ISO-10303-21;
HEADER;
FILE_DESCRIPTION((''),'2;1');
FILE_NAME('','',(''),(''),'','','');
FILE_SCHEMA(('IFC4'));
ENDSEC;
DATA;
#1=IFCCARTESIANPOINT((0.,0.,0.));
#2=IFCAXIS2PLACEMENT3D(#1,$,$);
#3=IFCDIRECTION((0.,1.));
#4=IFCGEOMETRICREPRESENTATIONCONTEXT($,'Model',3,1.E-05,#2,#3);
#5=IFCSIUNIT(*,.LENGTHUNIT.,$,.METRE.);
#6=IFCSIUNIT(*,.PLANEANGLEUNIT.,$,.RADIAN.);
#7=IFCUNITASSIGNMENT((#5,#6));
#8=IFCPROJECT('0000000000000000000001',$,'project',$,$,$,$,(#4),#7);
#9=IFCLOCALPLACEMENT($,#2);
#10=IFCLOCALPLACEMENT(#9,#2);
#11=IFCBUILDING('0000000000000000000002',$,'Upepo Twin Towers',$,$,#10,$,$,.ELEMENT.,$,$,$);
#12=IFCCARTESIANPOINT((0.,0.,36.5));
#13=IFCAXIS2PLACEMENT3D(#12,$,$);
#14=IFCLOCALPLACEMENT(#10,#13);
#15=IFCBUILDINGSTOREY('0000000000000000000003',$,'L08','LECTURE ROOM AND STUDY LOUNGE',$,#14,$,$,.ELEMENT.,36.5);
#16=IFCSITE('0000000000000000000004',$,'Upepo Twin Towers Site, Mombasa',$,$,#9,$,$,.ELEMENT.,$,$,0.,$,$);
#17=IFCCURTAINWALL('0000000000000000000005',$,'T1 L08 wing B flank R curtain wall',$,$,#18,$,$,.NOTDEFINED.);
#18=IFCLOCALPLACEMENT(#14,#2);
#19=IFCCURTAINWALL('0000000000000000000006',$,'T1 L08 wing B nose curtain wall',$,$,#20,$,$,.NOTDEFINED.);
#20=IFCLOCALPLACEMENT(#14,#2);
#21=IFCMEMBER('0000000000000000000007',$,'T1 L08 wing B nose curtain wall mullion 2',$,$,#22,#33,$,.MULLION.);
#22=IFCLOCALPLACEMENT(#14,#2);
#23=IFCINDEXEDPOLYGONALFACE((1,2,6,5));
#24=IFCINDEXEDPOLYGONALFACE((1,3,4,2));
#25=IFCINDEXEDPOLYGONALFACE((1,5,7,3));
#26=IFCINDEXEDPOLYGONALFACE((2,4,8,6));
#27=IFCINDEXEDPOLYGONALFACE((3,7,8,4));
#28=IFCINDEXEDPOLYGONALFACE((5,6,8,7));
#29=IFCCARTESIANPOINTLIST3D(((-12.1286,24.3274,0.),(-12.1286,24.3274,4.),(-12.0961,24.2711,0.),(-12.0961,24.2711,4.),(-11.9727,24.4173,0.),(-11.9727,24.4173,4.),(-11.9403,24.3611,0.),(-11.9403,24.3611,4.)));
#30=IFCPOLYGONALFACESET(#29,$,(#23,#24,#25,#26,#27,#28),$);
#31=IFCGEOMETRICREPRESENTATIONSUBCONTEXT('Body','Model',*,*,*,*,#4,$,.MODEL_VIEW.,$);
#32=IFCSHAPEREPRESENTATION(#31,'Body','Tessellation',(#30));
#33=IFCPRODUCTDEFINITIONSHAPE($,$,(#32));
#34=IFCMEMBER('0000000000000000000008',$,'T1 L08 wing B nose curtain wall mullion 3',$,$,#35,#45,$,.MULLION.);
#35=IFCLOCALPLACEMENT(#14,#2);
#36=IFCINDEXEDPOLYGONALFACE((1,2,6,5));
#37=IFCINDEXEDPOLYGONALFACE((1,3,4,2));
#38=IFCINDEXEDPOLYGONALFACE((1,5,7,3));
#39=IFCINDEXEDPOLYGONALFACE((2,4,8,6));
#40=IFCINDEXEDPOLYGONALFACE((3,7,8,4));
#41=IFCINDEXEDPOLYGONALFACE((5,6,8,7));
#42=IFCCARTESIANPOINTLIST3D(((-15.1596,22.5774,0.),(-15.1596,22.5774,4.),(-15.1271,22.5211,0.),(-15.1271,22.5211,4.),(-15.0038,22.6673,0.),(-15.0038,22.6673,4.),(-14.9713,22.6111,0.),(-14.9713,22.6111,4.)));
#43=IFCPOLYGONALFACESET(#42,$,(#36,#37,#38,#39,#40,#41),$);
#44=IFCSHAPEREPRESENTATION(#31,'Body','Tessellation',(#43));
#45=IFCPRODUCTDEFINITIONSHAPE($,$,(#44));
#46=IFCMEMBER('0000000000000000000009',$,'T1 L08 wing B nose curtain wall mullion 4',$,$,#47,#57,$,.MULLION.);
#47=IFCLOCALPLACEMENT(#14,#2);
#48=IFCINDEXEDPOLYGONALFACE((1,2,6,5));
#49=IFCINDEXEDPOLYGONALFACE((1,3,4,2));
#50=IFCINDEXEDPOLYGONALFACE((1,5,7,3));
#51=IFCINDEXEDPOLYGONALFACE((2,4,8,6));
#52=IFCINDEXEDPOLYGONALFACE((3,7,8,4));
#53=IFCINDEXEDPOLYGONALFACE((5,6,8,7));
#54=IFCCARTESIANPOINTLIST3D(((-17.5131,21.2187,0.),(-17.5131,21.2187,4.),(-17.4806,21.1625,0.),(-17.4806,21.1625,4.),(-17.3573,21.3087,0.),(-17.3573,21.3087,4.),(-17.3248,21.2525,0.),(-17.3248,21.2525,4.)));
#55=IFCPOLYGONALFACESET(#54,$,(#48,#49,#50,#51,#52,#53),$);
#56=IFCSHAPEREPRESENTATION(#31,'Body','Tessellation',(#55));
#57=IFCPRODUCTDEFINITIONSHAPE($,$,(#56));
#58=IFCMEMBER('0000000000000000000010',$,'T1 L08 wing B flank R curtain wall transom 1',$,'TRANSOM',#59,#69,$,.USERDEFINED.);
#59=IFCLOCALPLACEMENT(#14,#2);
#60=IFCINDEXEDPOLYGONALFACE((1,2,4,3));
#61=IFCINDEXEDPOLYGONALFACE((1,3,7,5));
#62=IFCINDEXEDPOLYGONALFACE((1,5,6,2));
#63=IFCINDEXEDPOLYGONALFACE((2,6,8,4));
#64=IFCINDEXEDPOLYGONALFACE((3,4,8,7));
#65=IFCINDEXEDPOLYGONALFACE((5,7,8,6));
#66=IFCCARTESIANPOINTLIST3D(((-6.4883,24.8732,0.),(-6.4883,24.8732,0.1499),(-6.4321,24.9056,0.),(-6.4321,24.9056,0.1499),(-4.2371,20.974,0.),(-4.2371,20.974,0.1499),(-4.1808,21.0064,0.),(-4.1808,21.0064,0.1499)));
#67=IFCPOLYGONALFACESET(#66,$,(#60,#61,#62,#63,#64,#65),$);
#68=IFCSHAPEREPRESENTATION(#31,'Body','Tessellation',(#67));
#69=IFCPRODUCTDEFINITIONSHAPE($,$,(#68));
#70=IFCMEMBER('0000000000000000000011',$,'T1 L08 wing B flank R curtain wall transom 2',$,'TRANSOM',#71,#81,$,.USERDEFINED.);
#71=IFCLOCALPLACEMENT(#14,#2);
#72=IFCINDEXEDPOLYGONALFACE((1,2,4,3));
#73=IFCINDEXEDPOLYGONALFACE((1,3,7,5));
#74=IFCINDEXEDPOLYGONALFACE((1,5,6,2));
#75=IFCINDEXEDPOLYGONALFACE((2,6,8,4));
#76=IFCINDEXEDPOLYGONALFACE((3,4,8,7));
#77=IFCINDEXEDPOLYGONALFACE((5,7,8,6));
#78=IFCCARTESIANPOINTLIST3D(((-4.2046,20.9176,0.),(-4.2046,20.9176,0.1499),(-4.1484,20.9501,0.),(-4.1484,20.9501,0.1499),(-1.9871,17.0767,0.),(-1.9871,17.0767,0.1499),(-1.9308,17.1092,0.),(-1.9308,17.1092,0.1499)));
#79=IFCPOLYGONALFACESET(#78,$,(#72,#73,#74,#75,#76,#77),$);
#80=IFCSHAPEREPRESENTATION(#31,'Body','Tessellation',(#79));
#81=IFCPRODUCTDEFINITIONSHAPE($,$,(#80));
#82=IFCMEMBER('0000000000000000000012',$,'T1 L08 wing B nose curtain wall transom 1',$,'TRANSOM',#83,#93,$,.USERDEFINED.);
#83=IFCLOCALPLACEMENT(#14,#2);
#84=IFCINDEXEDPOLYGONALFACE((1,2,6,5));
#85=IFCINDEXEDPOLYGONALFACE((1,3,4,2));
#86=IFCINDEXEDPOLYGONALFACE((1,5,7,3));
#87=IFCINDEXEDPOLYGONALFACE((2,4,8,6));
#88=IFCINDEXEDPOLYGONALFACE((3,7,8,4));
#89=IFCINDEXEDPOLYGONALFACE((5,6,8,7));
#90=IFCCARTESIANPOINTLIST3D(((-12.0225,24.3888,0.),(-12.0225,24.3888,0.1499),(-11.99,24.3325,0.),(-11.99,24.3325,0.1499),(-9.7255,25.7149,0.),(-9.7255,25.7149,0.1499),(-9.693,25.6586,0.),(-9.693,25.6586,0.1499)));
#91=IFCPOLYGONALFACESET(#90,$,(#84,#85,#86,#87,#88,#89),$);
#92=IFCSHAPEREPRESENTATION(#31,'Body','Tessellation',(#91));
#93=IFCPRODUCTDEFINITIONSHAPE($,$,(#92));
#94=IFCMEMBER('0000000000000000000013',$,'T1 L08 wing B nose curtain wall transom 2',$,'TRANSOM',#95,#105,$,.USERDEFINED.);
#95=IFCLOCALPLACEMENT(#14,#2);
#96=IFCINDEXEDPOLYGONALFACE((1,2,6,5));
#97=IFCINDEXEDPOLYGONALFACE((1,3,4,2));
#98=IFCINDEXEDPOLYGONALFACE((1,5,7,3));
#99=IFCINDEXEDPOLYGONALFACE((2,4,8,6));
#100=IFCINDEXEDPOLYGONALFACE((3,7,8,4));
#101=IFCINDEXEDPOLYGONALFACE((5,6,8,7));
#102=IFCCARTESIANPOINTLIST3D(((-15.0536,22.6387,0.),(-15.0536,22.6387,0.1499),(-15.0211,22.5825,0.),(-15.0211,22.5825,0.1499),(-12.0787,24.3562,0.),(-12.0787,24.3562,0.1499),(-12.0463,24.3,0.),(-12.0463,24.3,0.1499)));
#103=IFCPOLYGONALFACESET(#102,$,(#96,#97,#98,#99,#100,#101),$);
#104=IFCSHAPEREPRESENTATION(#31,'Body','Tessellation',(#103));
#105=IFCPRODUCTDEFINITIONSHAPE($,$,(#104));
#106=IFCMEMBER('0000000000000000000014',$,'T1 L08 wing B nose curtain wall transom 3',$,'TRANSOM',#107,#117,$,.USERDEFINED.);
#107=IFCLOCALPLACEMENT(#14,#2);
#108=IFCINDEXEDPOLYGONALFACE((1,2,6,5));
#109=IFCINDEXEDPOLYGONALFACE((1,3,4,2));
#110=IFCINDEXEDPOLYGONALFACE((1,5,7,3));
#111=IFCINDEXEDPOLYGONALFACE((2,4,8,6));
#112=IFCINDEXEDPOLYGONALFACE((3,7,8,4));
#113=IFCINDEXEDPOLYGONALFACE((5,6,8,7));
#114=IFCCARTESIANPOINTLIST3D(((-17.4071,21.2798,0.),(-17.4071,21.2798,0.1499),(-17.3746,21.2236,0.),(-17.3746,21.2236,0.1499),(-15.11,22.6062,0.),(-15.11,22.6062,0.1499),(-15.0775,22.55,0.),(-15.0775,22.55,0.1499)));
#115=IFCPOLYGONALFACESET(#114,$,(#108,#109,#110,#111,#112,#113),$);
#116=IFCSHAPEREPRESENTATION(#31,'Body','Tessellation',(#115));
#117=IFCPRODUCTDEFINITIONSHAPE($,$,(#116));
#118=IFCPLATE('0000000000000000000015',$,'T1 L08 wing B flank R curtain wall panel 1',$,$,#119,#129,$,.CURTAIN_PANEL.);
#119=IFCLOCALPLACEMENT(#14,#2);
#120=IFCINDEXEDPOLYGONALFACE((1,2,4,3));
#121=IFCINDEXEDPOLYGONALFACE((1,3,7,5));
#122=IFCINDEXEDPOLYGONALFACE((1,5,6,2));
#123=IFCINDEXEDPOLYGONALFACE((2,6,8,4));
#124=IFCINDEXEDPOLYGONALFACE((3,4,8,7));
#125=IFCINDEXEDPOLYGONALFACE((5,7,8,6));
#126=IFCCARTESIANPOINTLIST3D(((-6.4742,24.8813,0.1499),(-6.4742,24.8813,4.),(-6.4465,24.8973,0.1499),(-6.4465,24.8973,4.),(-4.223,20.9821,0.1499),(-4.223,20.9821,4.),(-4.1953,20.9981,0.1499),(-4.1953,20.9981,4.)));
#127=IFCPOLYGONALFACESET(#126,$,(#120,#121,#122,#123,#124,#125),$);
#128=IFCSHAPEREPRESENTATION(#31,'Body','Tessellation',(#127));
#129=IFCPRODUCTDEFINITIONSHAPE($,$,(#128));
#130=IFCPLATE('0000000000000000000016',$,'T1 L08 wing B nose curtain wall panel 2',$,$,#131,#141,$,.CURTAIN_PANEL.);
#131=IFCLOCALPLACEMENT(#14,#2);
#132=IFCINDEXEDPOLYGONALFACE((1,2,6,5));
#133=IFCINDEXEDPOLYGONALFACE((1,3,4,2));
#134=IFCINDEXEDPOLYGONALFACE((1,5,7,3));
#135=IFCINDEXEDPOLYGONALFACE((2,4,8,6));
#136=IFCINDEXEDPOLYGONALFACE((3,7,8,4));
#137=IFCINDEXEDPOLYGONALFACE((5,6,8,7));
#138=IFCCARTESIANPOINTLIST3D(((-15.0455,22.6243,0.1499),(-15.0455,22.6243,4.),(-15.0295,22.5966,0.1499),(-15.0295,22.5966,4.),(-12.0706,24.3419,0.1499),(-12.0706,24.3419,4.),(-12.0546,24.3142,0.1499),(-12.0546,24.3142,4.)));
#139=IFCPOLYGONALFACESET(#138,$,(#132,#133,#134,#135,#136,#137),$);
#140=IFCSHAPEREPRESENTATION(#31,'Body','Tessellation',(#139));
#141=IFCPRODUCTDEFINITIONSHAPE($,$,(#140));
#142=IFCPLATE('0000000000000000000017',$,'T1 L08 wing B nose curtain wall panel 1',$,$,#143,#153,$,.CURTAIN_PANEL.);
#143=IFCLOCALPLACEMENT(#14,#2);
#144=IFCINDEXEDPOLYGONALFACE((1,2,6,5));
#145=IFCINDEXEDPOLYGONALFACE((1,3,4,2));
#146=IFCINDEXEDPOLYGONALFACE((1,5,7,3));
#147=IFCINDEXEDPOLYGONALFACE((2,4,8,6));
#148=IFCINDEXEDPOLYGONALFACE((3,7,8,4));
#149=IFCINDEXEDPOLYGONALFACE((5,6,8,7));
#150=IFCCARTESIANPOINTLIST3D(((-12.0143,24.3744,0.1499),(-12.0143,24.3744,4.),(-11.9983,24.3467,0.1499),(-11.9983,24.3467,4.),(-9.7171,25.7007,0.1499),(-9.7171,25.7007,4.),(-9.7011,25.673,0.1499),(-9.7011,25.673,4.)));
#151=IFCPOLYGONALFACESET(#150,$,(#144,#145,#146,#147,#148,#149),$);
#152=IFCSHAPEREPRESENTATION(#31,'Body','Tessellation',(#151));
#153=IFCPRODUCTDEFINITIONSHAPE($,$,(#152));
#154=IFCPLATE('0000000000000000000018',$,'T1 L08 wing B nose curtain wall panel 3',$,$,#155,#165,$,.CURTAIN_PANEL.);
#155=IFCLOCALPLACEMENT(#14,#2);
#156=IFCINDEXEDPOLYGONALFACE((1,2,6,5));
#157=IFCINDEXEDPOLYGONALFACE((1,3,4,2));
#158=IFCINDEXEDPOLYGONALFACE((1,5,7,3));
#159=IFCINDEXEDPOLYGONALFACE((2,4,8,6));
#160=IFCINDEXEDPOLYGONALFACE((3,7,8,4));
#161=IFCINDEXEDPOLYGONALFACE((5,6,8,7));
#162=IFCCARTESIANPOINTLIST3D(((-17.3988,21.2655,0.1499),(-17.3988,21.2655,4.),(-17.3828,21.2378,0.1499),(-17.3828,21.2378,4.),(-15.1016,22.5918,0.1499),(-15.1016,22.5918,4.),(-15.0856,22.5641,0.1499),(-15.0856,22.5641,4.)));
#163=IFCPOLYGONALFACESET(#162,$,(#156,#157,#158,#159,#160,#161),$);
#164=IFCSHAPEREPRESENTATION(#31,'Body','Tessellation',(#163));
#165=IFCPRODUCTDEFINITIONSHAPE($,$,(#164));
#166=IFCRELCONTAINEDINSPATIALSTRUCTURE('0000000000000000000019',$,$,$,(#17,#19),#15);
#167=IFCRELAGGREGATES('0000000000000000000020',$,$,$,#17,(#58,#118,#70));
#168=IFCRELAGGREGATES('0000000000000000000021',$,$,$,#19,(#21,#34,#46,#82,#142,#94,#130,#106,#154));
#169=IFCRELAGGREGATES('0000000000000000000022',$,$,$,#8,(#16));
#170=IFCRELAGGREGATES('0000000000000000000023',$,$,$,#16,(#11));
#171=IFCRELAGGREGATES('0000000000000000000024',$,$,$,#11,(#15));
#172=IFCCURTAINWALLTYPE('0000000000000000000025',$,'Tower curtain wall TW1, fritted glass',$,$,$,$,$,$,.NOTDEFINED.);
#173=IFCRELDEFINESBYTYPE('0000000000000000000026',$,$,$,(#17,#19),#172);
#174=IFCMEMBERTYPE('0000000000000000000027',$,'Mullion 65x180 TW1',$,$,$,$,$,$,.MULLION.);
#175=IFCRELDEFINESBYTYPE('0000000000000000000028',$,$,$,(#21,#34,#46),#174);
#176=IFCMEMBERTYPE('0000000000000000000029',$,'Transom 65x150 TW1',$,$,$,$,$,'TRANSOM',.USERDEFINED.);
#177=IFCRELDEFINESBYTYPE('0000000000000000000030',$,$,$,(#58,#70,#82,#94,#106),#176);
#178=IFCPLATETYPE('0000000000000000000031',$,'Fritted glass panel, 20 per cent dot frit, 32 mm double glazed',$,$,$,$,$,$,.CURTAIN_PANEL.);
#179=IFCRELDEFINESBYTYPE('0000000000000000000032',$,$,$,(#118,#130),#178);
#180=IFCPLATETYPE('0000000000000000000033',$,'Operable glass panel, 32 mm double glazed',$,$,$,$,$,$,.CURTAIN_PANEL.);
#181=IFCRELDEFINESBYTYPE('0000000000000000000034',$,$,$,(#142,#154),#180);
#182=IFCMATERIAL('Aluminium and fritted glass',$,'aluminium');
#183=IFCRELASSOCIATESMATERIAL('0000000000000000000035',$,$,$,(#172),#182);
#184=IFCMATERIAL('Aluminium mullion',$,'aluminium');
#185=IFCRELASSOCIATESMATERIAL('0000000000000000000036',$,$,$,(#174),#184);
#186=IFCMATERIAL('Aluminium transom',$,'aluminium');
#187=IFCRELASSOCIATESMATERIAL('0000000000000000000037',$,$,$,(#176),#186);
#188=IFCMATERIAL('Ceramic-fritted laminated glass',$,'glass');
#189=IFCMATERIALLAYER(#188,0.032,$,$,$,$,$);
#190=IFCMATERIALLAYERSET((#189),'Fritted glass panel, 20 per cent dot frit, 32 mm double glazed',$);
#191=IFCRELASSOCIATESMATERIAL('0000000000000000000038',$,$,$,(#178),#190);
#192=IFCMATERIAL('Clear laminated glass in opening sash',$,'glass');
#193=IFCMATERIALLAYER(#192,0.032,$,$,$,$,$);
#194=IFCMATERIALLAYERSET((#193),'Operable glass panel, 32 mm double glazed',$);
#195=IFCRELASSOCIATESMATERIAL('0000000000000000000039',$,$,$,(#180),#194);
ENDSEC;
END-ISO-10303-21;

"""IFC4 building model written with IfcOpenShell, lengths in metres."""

from ifc_helpers import new_model, si_unit, direction, frame, origin, origin_2d, place, context, subcontext, project, spatial, rectangle, extrude, material, layer, layer_set, material_profile, profile_set, type_object, element, aggregate, save


model = new_model("IFC4")

# Units and contexts
model_context = context("Model", 3, precision=1e-05, world=origin(), true_north=direction((0.0, 1.0)))
body_context = subcontext(model_context, "Body", "Model", "MODEL_VIEW")
ifc_project = project(units=[si_unit("LENGTHUNIT", "METRE"), si_unit("PLANEANGLEUNIT", "RADIAN")], contexts=[model_context])

# Site, building, storey
site_placement = place(None, origin())
site = spatial("IfcSite", under=ifc_project, at=site_placement, Name="Upepo Twin Towers Site, Mombasa", CompositionType="ELEMENT", RefElevation=0.0)
building_placement = place(site_placement, origin())
building = spatial("IfcBuilding", under=site, at=building_placement, Name="Upepo Twin Towers", CompositionType="ELEMENT")
storey_placement = place(building_placement, frame((0.0, 0.0, 36.5)))
storey = spatial("IfcBuildingStorey", under=building, at=storey_placement, Name="L08", Description="LECTURE ROOM AND STUDY LOUNGE", CompositionType="ELEMENT", Elevation=36.5)

# Shared definitions
ifc_material_1 = material(Name="Aluminium and fritted glass", Category="aluminium")
curtain_wall_type = type_object("IfcCurtainWallType", Name="Tower curtain wall TW1, fritted glass", PredefinedType="NOTDEFINED", material=ifc_material_1)
ifc_material_2 = material(Name="Aluminium mullion", Category="aluminium")
ifc_material_profile_1 = material_profile(ifc_material_2, rectangle(XDim=0.0649, YDim=0.1799, at=origin_2d()), Name="MULLION 65x180")
ifc_profile_set_1 = profile_set([ifc_material_profile_1], Name="Aluminium mullion")
member_type_1 = type_object("IfcMemberType", Name="Mullion 65x180 TW1", PredefinedType="MULLION", material=ifc_profile_set_1)

# Curtain walls, members
curtain_wall_1_placement = place(storey_placement, origin())
curtain_wall_1 = element("IfcCurtainWall", 1, at=curtain_wall_1_placement, inside=storey, type_object=curtain_wall_type, Name="T1 L08 wing B flank R curtain wall", PredefinedType="NOTDEFINED")
curtain_wall_2_placement = place(storey_placement, origin())
curtain_wall_2 = element("IfcCurtainWall", 2, at=curtain_wall_2_placement, inside=storey, type_object=curtain_wall_type, Name="T1 L08 wing B nose curtain wall", PredefinedType="NOTDEFINED")
member_1_placement = place(storey_placement, frame((-12.0344, 24.3442, 0.0), z_axis=(0.0, 0.0, 1.0), x_axis=(0.5, -0.866025, 0.0)))
member_1 = element("IfcMember", 3, at=member_1_placement, type_object=member_type_1, Name="T1 L08 wing B nose curtain wall mullion 2", PredefinedType="MULLION", context=body_context, shape_type="SweptSolid", body=[
    extrude(rectangle(XDim=0.0649, YDim=0.1799, at=origin_2d()), origin(), (0.0, 0.0, 1.0), 4.0),
])
member_2_placement = place(storey_placement, frame((-15.0654, 22.5942, 0.0), z_axis=(0.0, 0.0, 1.0), x_axis=(0.5, -0.866025, 0.0)))
member_2 = element("IfcMember", 4, at=member_2_placement, type_object=member_type_1, Name="T1 L08 wing B nose curtain wall mullion 3", PredefinedType="MULLION", context=body_context, shape_type="SweptSolid", body=[
    extrude(rectangle(XDim=0.0649, YDim=0.1799, at=origin_2d()), origin(), (0.0, 0.0, 1.0), 4.0),
])
member_3_placement = place(storey_placement, frame((-17.4189, 21.2356, 0.0), z_axis=(0.0, 0.0, 1.0), x_axis=(0.5, -0.866025, 0.0)))
member_3 = element("IfcMember", 5, at=member_3_placement, type_object=member_type_1, Name="T1 L08 wing B nose curtain wall mullion 4", PredefinedType="MULLION", context=body_context, shape_type="SweptSolid", body=[
    extrude(rectangle(XDim=0.0649, YDim=0.1799, at=origin_2d()), origin(), (0.0, 0.0, 1.0), 4.0),
])

# Members
ifc_material_3 = material(Name="Aluminium transom", Category="aluminium")
ifc_material_profile_2 = material_profile(ifc_material_3, rectangle(XDim=0.0649, YDim=0.1499, at=origin_2d()), Name="TRANSOM 65x150")
ifc_profile_set_2 = profile_set([ifc_material_profile_2], Name="Aluminium transom")
member_type_2 = type_object("IfcMemberType", Name="Transom 65x150 TW1", ElementType="TRANSOM", PredefinedType="USERDEFINED", material=ifc_profile_set_2)
member_4_placement = place(storey_placement, frame((-6.4602, 24.8894, 0.075), z_axis=(0.500006, -0.866022, 0.0), x_axis=(0.866022, 0.500006, 0.0)))
member_4 = element("IfcMember", 6, at=member_4_placement, type_object=member_type_2, Name="T1 L08 wing B flank R curtain wall transom 1", ObjectType="TRANSOM", PredefinedType="USERDEFINED", context=body_context, shape_type="SweptSolid", body=[
    extrude(rectangle(XDim=0.0649, YDim=0.1499, at=origin_2d()), origin(), (0.0, 0.0, 1.0), 4.5024),
])
member_5_placement = place(storey_placement, frame((-4.1765, 20.9338, 0.075), z_axis=(0.500005, -0.866022, 0.0), x_axis=(0.866022, 0.500005, 0.0)))
member_5 = element("IfcMember", 7, at=member_5_placement, type_object=member_type_2, Name="T1 L08 wing B flank R curtain wall transom 2", ObjectType="TRANSOM", PredefinedType="USERDEFINED", context=body_context, shape_type="SweptSolid", body=[
    extrude(rectangle(XDim=0.0649, YDim=0.1499, at=origin_2d()), origin(), (0.0, 0.0, 1.0), 4.4351),
])
member_6_placement = place(storey_placement, frame((-9.7092, 25.6868, 0.075), z_axis=(-0.866037, -0.49998, 0.0), x_axis=(0.49998, -0.866037, 0.0)))
member_6 = element("IfcMember", 8, at=member_6_placement, type_object=member_type_2, Name="T1 L08 wing B nose curtain wall transom 1", ObjectType="TRANSOM", PredefinedType="USERDEFINED", context=body_context, shape_type="SweptSolid", body=[
    extrude(rectangle(XDim=0.0649, YDim=0.1499, at=origin_2d()), origin(), (0.0, 0.0, 1.0), 2.6523),
])
member_7_placement = place(storey_placement, frame((-12.0625, 24.3281, 0.075), z_axis=(-0.866026, -0.499999, 0.0), x_axis=(0.499999, -0.866026, 0.0)))
member_7 = element("IfcMember", 9, at=member_7_placement, type_object=member_type_2, Name="T1 L08 wing B nose curtain wall transom 2", ObjectType="TRANSOM", PredefinedType="USERDEFINED", context=body_context, shape_type="SweptSolid", body=[
    extrude(rectangle(XDim=0.0649, YDim=0.1499, at=origin_2d()), origin(), (0.0, 0.0, 1.0), 3.4351),
])
member_8_placement = place(storey_placement, frame((-15.0938, 22.5781, 0.075), z_axis=(-0.865997, -0.500049, 0.0), x_axis=(0.500049, -0.865997, 0.0)))
member_8 = element("IfcMember", 10, at=member_8_placement, type_object=member_type_2, Name="T1 L08 wing B nose curtain wall transom 3", ObjectType="TRANSOM", PredefinedType="USERDEFINED", context=body_context, shape_type="SweptSolid", body=[
    extrude(rectangle(XDim=0.0649, YDim=0.1499, at=origin_2d()), origin(), (0.0, 0.0, 1.0), 2.6526),
])

# Plates
ifc_material_4 = material(Name="Ceramic-fritted laminated glass", Category="glass")
ifc_layer_1 = layer(ifc_material_4, 0.032)
ifc_layer_set_1 = layer_set([ifc_layer_1], Name="Fritted glass panel, 20 per cent dot frit, 32 mm double glazed")
plate_type_1 = type_object("IfcPlateType", Name="Fritted glass panel, 20 per cent dot frit, 32 mm double glazed", PredefinedType="CURTAIN_PANEL", material=ifc_layer_set_1)
plate_1_placement = place(storey_placement, frame((-5.3347, 22.9397, 0.1499), z_axis=(0.0, 0.0, 1.0), x_axis=(0.5, -0.866025, 0.0)))
plate_1 = element("IfcPlate", 11, at=plate_1_placement, type_object=plate_type_1, Name="T1 L08 wing B flank R curtain wall panel 1", PredefinedType="CURTAIN_PANEL", context=body_context, shape_type="SweptSolid", body=[
    extrude(rectangle(XDim=4.5024, YDim=0.032, at=origin_2d()), origin(), (0.0, 0.0, 1.0), 3.8501),
])
aggregate(curtain_wall_1, [member_4, plate_1, member_5])
plate_2_placement = place(storey_placement, frame((-13.55, 23.4692, 0.1499), z_axis=(0.0, 0.0, 1.0), x_axis=(-0.866025, -0.5, 0.0)))
plate_2 = element("IfcPlate", 12, at=plate_2_placement, type_object=plate_type_1, Name="T1 L08 wing B nose curtain wall panel 2", PredefinedType="CURTAIN_PANEL", context=body_context, shape_type="SweptSolid", body=[
    extrude(rectangle(XDim=3.4351, YDim=0.032, at=origin_2d()), origin(), (0.0, 0.0, 1.0), 3.8501),
])
ifc_material_5 = material(Name="Clear laminated glass in opening sash", Category="glass")
ifc_layer_2 = layer(ifc_material_5, 0.032)
ifc_layer_set_2 = layer_set([ifc_layer_2], Name="Operable glass panel, 32 mm double glazed")
plate_type_2 = type_object("IfcPlateType", Name="Operable glass panel, 32 mm double glazed", PredefinedType="CURTAIN_PANEL", material=ifc_layer_set_2)
plate_3_placement = place(storey_placement, frame((-10.8577, 25.0237, 0.1499), z_axis=(0.0, 0.0, 1.0), x_axis=(-0.866025, -0.5, 0.0)))
plate_3 = element("IfcPlate", 13, at=plate_3_placement, type_object=plate_type_2, Name="T1 L08 wing B nose curtain wall panel 1", PredefinedType="CURTAIN_PANEL", context=body_context, shape_type="SweptSolid", body=[
    extrude(rectangle(XDim=2.6526, YDim=0.032, at=origin_2d()), origin(), (0.0, 0.0, 1.0), 3.8501),
])
plate_4_placement = place(storey_placement, frame((-16.2422, 21.9148, 0.1499), z_axis=(0.0, 0.0, 1.0), x_axis=(-0.866025, -0.5, 0.0)))
plate_4 = element("IfcPlate", 14, at=plate_4_placement, type_object=plate_type_2, Name="T1 L08 wing B nose curtain wall panel 3", PredefinedType="CURTAIN_PANEL", context=body_context, shape_type="SweptSolid", body=[
    extrude(rectangle(XDim=2.6526, YDim=0.032, at=origin_2d()), origin(), (0.0, 0.0, 1.0), 3.8501),
])
aggregate(curtain_wall_2, [member_1, member_2, member_3, member_6, plate_3, member_7, plate_2, member_8, plate_4])

save(model, "model.ifc")
